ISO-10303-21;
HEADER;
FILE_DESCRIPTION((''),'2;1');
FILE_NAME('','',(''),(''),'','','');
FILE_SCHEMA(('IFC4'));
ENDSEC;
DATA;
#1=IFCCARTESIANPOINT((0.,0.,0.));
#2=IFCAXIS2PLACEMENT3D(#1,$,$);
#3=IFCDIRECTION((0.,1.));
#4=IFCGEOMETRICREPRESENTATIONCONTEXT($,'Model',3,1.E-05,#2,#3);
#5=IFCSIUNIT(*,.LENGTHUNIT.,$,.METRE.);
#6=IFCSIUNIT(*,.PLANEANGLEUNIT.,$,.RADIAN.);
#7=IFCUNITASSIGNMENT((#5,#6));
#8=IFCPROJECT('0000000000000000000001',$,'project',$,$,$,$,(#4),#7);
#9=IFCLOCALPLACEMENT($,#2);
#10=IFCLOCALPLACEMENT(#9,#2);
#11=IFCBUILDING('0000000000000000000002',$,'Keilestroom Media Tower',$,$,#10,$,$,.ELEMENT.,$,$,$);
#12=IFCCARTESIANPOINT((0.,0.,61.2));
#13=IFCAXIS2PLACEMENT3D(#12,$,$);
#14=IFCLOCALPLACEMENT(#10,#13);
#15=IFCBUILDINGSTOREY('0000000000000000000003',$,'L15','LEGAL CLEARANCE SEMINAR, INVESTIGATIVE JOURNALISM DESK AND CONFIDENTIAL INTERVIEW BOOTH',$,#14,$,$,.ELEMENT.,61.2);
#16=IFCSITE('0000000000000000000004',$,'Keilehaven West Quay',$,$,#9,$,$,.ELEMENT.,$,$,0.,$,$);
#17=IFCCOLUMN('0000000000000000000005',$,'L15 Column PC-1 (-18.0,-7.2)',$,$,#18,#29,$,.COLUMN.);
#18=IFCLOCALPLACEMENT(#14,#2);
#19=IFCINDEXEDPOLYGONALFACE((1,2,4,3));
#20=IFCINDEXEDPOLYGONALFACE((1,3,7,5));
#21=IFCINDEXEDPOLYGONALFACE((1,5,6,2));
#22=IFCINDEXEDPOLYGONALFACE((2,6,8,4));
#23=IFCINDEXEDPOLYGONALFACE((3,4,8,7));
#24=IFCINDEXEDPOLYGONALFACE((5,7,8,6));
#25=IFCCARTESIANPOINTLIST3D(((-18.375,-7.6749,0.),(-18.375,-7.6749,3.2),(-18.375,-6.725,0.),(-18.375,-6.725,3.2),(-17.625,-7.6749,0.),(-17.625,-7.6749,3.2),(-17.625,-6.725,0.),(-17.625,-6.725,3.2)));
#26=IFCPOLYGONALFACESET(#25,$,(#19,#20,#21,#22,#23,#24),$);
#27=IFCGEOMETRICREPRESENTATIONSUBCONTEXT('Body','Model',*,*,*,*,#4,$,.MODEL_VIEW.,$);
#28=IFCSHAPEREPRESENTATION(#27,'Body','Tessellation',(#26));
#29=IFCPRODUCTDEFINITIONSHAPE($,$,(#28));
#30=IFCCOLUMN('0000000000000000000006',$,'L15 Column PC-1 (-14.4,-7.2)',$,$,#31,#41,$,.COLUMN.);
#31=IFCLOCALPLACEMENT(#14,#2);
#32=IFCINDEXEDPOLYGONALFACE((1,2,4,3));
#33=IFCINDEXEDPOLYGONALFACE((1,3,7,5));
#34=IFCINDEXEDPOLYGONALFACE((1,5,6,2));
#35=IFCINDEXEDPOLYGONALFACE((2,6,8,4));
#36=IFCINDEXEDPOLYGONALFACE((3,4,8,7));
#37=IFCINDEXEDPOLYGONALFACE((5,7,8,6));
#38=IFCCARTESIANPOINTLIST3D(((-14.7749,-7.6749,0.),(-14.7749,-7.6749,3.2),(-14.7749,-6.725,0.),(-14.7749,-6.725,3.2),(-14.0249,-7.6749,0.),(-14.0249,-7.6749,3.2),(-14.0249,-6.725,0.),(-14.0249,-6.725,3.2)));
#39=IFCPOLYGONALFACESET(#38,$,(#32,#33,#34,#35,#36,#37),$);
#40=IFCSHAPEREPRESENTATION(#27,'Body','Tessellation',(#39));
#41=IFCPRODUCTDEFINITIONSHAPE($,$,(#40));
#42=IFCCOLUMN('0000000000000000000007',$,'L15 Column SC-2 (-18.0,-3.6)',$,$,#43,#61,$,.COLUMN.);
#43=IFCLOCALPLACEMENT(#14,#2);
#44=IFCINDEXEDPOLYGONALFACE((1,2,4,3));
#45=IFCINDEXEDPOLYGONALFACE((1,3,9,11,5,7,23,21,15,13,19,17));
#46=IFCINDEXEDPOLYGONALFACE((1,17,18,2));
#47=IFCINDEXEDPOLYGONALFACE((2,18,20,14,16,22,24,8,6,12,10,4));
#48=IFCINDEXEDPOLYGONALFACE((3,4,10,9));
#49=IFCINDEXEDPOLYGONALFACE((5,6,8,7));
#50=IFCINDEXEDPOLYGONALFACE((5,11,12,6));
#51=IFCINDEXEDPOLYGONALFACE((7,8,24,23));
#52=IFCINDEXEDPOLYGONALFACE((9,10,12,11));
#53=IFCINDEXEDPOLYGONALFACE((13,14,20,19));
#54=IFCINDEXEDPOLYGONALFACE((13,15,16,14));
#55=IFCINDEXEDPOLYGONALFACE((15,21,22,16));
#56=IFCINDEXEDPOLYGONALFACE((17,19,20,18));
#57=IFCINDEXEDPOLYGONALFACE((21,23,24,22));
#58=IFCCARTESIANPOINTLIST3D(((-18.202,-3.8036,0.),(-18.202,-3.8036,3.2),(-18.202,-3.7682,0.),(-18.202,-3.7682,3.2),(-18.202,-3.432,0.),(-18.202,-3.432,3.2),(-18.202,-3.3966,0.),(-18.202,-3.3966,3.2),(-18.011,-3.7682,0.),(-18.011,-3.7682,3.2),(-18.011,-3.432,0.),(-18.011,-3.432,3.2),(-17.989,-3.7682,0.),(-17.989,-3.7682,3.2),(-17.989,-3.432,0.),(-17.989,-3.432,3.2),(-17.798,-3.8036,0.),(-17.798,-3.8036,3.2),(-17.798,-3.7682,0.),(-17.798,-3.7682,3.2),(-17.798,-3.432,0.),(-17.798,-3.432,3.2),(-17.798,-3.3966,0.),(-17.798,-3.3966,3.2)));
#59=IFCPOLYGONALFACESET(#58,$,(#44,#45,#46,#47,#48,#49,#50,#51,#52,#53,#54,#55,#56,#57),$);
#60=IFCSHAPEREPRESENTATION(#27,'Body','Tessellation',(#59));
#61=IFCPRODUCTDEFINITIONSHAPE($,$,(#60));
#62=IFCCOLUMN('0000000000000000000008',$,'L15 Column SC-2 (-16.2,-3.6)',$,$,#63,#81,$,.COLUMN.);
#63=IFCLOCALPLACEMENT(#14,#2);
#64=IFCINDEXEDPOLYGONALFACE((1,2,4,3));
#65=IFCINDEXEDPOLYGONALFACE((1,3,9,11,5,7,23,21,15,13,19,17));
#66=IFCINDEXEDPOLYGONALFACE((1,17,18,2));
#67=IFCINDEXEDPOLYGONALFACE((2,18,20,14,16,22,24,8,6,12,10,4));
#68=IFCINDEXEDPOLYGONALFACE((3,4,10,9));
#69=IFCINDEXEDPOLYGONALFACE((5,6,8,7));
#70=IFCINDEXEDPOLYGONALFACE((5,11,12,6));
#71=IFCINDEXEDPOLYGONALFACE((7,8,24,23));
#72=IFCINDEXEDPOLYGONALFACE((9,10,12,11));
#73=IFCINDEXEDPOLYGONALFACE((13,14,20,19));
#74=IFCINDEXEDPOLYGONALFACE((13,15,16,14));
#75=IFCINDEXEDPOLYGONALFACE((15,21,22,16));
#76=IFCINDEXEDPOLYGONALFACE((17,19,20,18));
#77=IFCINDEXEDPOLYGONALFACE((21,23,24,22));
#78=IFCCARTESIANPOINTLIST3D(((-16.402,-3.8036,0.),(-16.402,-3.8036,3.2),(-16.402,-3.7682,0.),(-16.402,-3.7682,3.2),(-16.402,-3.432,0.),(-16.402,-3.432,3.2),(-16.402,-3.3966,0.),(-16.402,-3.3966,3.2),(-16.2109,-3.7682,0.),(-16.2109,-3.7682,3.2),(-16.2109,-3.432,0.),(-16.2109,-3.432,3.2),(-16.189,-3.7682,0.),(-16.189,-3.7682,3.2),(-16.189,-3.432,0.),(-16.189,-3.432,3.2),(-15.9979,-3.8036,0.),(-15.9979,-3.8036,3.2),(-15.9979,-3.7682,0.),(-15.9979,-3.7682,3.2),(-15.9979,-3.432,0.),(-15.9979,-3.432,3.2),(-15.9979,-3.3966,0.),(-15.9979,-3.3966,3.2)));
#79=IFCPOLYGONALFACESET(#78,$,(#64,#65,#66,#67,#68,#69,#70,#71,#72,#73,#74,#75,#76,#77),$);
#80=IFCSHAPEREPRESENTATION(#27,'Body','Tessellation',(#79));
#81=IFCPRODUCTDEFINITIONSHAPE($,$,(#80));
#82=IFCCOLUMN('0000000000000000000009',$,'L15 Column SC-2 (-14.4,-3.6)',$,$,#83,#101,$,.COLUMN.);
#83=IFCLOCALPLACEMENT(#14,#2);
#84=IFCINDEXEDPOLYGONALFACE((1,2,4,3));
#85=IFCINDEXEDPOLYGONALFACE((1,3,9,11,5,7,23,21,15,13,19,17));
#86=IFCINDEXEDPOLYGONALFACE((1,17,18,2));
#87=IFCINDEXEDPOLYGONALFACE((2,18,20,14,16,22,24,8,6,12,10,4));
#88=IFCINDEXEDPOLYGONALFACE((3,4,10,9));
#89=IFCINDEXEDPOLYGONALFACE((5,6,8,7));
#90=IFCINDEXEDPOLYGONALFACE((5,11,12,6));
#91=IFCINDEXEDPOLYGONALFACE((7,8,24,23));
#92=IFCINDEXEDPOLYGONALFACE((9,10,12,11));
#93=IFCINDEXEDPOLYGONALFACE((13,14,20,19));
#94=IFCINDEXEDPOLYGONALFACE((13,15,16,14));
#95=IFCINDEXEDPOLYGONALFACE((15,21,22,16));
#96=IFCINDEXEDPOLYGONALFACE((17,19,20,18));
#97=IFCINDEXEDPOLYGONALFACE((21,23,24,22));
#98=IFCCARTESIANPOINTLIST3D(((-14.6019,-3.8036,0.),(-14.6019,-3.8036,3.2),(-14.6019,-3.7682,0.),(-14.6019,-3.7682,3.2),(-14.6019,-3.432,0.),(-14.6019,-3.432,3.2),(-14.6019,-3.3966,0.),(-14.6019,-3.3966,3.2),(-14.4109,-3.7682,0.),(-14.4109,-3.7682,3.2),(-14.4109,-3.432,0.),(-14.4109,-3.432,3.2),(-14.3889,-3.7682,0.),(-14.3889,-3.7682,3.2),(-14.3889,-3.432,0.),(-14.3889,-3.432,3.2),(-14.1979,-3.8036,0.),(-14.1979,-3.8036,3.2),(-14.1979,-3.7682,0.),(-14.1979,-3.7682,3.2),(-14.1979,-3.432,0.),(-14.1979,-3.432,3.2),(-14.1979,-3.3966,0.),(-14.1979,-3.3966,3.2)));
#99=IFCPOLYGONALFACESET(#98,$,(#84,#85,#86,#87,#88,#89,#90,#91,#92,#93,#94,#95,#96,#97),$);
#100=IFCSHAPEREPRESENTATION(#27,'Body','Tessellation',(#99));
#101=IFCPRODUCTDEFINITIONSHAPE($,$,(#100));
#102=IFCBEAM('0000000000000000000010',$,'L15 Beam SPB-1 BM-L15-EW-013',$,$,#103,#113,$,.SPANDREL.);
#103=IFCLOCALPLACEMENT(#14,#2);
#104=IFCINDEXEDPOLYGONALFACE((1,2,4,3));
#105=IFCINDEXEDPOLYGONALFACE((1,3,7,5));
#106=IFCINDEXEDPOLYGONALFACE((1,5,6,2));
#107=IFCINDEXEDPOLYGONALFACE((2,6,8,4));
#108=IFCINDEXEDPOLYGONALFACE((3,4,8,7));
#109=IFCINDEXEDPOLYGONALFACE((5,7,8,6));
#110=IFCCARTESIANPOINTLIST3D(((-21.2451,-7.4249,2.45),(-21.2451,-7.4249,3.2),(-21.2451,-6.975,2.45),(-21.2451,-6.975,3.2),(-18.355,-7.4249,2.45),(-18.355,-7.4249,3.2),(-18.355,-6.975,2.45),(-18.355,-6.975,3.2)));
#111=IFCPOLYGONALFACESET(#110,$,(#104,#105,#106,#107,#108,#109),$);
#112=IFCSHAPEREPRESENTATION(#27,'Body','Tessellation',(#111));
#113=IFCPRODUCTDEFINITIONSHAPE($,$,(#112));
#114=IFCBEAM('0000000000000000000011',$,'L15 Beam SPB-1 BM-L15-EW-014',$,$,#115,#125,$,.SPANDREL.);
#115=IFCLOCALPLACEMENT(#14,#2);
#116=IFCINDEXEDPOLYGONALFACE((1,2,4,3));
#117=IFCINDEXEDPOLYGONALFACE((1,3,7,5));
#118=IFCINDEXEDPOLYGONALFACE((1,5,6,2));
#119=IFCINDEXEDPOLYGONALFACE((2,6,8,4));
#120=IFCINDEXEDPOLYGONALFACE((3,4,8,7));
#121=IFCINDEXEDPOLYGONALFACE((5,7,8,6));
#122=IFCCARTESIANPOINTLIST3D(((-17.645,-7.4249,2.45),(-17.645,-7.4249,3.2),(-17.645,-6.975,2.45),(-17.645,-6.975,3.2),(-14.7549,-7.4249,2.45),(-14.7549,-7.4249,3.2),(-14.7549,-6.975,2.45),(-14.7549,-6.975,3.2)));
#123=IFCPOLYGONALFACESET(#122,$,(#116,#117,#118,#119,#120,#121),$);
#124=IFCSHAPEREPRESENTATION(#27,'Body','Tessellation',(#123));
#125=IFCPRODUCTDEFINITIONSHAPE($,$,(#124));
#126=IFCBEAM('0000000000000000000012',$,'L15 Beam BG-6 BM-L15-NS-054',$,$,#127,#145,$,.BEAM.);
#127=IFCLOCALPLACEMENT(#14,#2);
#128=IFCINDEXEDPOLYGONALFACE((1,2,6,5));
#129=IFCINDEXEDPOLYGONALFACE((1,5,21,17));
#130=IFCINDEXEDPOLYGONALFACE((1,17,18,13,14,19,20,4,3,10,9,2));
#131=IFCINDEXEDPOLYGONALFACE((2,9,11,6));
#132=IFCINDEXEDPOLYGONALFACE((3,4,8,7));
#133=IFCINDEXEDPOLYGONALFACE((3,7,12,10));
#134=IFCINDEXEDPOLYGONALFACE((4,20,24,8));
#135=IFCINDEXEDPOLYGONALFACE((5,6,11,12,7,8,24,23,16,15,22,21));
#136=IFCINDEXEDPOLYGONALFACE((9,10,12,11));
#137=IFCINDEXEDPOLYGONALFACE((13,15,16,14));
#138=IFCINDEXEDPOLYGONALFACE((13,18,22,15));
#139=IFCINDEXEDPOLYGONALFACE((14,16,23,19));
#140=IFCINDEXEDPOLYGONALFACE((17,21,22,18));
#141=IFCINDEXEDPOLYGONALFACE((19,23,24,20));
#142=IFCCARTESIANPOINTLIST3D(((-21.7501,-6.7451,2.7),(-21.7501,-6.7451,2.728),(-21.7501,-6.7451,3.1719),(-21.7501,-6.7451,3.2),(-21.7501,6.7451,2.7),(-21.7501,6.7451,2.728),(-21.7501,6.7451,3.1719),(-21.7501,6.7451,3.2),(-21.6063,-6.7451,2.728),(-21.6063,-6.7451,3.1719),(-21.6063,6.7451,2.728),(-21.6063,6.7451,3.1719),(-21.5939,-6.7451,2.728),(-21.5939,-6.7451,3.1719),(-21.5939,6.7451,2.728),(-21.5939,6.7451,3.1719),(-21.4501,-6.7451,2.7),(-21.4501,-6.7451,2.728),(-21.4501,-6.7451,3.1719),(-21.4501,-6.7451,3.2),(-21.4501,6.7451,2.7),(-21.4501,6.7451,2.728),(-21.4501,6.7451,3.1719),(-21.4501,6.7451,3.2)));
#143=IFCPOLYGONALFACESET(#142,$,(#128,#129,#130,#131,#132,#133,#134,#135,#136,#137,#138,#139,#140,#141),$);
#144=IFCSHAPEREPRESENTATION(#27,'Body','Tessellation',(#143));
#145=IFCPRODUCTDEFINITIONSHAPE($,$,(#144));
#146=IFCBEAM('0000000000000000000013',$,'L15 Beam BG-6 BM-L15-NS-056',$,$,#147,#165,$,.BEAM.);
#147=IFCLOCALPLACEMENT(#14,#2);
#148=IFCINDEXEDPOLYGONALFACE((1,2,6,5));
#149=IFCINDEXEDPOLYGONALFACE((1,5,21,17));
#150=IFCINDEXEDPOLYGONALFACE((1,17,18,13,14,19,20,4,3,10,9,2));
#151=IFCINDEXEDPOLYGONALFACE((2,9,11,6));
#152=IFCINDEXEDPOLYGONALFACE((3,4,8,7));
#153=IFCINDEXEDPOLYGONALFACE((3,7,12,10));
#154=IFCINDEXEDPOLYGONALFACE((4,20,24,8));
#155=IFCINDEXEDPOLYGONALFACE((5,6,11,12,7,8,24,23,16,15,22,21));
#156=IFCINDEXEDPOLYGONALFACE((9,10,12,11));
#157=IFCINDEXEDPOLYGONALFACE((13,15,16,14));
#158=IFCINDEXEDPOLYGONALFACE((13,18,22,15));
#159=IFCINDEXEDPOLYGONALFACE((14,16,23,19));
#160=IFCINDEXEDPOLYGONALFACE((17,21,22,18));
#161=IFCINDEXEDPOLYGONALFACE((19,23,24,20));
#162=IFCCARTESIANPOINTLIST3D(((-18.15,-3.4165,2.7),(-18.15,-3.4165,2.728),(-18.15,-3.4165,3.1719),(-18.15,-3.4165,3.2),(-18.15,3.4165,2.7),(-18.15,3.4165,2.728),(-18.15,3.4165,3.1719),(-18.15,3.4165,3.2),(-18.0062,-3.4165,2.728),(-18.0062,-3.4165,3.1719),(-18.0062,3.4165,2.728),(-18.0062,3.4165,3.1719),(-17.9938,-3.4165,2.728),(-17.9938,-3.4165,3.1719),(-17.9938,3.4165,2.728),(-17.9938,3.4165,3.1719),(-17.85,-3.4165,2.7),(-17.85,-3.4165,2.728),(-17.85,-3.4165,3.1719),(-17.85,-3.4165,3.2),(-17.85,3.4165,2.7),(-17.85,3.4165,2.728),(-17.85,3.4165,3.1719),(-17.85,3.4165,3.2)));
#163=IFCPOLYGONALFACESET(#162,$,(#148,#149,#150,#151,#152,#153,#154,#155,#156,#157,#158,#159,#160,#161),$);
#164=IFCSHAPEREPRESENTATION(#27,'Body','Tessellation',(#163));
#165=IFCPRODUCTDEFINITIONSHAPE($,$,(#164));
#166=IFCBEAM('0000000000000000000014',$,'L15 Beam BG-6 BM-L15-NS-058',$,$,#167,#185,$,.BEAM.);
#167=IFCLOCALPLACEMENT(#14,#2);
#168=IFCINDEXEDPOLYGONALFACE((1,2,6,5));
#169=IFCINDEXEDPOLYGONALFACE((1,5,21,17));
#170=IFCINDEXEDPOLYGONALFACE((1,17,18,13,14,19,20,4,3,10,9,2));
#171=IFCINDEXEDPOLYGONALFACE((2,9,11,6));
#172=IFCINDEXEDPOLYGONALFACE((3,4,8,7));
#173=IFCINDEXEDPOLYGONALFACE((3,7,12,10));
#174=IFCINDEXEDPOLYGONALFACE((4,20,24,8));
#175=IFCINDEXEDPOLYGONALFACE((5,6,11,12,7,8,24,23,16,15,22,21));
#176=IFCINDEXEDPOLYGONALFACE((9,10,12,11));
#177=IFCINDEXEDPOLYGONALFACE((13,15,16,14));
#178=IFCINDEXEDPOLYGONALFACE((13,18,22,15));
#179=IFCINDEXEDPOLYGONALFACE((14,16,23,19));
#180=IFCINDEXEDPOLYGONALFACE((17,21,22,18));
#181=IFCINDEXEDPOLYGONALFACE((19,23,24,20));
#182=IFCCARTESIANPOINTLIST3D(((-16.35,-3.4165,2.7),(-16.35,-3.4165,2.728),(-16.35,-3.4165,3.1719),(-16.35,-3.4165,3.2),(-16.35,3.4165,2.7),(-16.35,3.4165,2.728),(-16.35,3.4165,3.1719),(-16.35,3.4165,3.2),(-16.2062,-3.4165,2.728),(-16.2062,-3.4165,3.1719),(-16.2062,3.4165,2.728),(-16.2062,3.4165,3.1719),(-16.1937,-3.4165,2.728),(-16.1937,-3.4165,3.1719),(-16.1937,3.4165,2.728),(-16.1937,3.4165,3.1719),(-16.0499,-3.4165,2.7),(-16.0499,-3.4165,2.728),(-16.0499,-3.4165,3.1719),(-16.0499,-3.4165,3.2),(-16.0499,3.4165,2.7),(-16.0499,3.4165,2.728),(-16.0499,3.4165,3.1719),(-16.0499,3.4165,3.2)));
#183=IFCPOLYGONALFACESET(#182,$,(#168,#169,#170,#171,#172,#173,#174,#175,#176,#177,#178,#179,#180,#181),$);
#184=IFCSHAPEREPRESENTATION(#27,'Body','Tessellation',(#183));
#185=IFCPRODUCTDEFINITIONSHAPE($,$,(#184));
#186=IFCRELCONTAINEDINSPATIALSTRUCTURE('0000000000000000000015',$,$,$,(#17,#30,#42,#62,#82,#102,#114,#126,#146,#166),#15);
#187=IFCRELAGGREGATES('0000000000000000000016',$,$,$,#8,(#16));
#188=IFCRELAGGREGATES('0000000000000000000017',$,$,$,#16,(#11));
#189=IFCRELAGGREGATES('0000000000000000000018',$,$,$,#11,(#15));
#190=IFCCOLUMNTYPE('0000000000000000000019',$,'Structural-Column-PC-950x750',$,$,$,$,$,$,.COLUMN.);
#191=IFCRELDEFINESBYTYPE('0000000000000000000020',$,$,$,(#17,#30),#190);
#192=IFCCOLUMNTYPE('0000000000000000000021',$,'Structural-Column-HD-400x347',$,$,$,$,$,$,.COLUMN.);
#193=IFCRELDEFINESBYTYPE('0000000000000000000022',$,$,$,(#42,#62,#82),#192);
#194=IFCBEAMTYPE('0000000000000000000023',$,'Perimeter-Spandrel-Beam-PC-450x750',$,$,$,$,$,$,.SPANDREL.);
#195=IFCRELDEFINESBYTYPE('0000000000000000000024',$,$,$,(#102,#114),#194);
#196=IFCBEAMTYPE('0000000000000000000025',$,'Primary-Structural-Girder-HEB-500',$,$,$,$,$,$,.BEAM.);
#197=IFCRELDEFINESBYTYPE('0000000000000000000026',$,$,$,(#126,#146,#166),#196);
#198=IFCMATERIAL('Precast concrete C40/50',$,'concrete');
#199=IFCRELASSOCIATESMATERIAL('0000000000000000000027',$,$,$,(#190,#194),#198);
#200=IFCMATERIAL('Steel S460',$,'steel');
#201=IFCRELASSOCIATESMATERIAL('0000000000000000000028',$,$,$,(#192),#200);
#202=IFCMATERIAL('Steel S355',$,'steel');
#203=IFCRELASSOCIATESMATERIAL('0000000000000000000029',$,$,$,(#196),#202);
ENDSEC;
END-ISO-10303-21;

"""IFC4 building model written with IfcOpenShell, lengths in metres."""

from ifc_helpers import new_model, si_unit, direction, frame, origin, origin_2d, place, context, subcontext, project, spatial, rectangle, i_section, extrude, source, transform, mapped, material, material_profile, profile_set, type_object, element, save


model = new_model("IFC4")

# Units and contexts
model_context = context("Model", 3, precision=1e-05, world=origin(), true_north=direction((0.0, 1.0)))
body_context = subcontext(model_context, "Body", "Model", "MODEL_VIEW")
ifc_project = project(units=[si_unit("LENGTHUNIT", "METRE"), si_unit("PLANEANGLEUNIT", "RADIAN")], contexts=[model_context])

# Site, building, storey
site_placement = place(None, origin())
site = spatial("IfcSite", under=ifc_project, at=site_placement, Name="Keilehaven West Quay", CompositionType="ELEMENT", RefElevation=0.0)
building_placement = place(site_placement, origin())
building = spatial("IfcBuilding", under=site, at=building_placement, Name="Keilestroom Media Tower", CompositionType="ELEMENT")
storey_placement = place(building_placement, frame((0.0, 0.0, 61.2)))
storey = spatial("IfcBuildingStorey", under=building, at=storey_placement, Name="L15", Description="LEGAL CLEARANCE SEMINAR, INVESTIGATIVE JOURNALISM DESK AND CONFIDENTIAL INTERVIEW BOOTH", CompositionType="ELEMENT", Elevation=61.2)

# Columns
ifc_material_1 = material(Name="Precast concrete C40/50", Category="concrete")
ifc_material_profile_1 = material_profile(ifc_material_1, rectangle(XDim=0.75, YDim=0.95, at=origin_2d()), Name="PC 950x750")
ifc_profile_set_1 = profile_set([ifc_material_profile_1], Name="Precast concrete C40/50")
column_type_1 = type_object("IfcColumnType", Name="Structural-Column-PC-950x750", PredefinedType="COLUMN", material=ifc_profile_set_1)
shared_shape_1 = source(origin(), body_context, "Body", "SweptSolid", [
    extrude(rectangle(XDim=0.75, YDim=0.95, at=origin_2d()), origin(), (0.0, 0.0, 1.0), 3.2),
])
for number, where, z_axis, x_axis, name in (
    (1, (-18.0, -7.2, 0.0), (0.0, 0.0, 1.0), (1.0, 0.0, 0.0), "L15 Column PC-1 (-18.0,-7.2)"),
    (2, (-14.3999, -7.2, 0.0), (0.0, 0.0, 1.0), (1.0, 0.0, 0.0), "L15 Column PC-1 (-14.4,-7.2)"),
):
    element("IfcColumn", number, at=place(storey_placement, frame(where, z_axis=z_axis, x_axis=x_axis)), inside=storey, type_object=column_type_1, Name=name, PredefinedType="COLUMN", context=body_context, shape_type="MappedRepresentation", body=[
        mapped(shared_shape_1, transform((0.0, 0.0, 0.0), x_axis=(1.0, 0.0, 0.0), y_axis=(0.0, 1.0, 0.0), z_axis=(0.0, 0.0, 1.0), scale=1.0)),
    ])
ifc_material_2 = material(Name="Steel S460", Category="steel")
ifc_material_profile_2 = material_profile(ifc_material_2, i_section(OverallWidth=0.4041, OverallDepth=0.407, WebThickness=0.022, FlangeThickness=0.0354, at=origin_2d()), Name="HD 400x347")
ifc_profile_set_2 = profile_set([ifc_material_profile_2], Name="Steel S460")
column_type_2 = type_object("IfcColumnType", Name="Structural-Column-HD-400x347", PredefinedType="COLUMN", material=ifc_profile_set_2)
shared_shape_2 = source(origin(), body_context, "Body", "SweptSolid", [
    extrude(i_section(OverallWidth=0.4041, OverallDepth=0.407, WebThickness=0.022, FlangeThickness=0.0354, at=origin_2d()), origin(), (0.0, 0.0, 1.0), 3.2),
])
for number, where, z_axis, x_axis, name in (
    (3, (-18.0, -3.6001, 0.0), (0.0, 0.0, 1.0), (1.0, 0.0, 0.0), "L15 Column SC-2 (-18.0,-3.6)"),
    (4, (-16.2, -3.6001, 0.0), (0.0, 0.0, 1.0), (1.0, 0.0, 0.0), "L15 Column SC-2 (-16.2,-3.6)"),
    (5, (-14.3999, -3.6001, 0.0), (0.0, 0.0, 1.0), (1.0, 0.0, 0.0), "L15 Column SC-2 (-14.4,-3.6)"),
):
    element("IfcColumn", number, at=place(storey_placement, frame(where, z_axis=z_axis, x_axis=x_axis)), inside=storey, type_object=column_type_2, Name=name, PredefinedType="COLUMN", context=body_context, shape_type="MappedRepresentation", body=[
        mapped(shared_shape_2, transform((0.0, 0.0, 0.0), x_axis=(1.0, 0.0, 0.0), y_axis=(0.0, 1.0, 0.0), z_axis=(0.0, 0.0, 1.0), scale=1.0)),
    ])

# Beams
ifc_material_profile_3 = material_profile(ifc_material_1, rectangle(XDim=0.45, YDim=0.75, at=origin_2d()), Name="PC 450x750")
ifc_profile_set_3 = profile_set([ifc_material_profile_3], Name="Precast concrete C40/50")
beam_type_1 = type_object("IfcBeamType", Name="Perimeter-Spandrel-Beam-PC-450x750", PredefinedType="SPANDREL", material=ifc_profile_set_3)
shared_shape_3 = source(origin(), body_context, "Body", "SweptSolid", [
    extrude(rectangle(XDim=0.45, YDim=0.75, at=origin_2d()), origin(), (0.0, 0.0, 1.0), 2.8901),
])
for number, where, z_axis, x_axis, name in (
    (6, (-21.2451, -7.2, 2.825), (1.0, 0.0, 0.0), (0.0, 1.0, 0.0), "L15 Beam SPB-1 BM-L15-EW-013"),
    (7, (-17.645, -7.2, 2.825), (1.0, 0.0, 0.0), (0.0, 1.0, 0.0), "L15 Beam SPB-1 BM-L15-EW-014"),
):
    element("IfcBeam", number, at=place(storey_placement, frame(where, z_axis=z_axis, x_axis=x_axis)), inside=storey, type_object=beam_type_1, Name=name, PredefinedType="SPANDREL", context=body_context, shape_type="MappedRepresentation", body=[
        mapped(shared_shape_3, transform((0.0, 0.0, 0.0), x_axis=(1.0, 0.0, 0.0), y_axis=(0.0, 1.0, 0.0), z_axis=(0.0, 0.0, 1.0), scale=1.0)),
    ])
ifc_material_3 = material(Name="Steel S355", Category="steel")
ifc_material_profile_4 = material_profile(ifc_material_3, i_section(OverallWidth=0.3, OverallDepth=0.5, WebThickness=0.0125, FlangeThickness=0.0281, at=origin_2d()), Name="HEB 500")
ifc_profile_set_4 = profile_set([ifc_material_profile_4], Name="Steel S355")
beam_type_2 = type_object("IfcBeamType", Name="Primary-Structural-Girder-HEB-500", PredefinedType="BEAM", material=ifc_profile_set_4)
shared_shape_4 = source(origin(), body_context, "Body", "SweptSolid", [
    extrude(i_section(OverallWidth=0.3, OverallDepth=0.5, WebThickness=0.0125, FlangeThickness=0.0281, at=origin_2d()), origin(), (0.0, 0.0, 1.0), 13.4902),
])
beam_placement = place(storey_placement, frame((-21.6001, -6.7451, 2.95), z_axis=(0.0, 1.0, 0.0), x_axis=(-1.0, 0.0, 0.0)))
element("IfcBeam", 8, at=beam_placement, inside=storey, type_object=beam_type_2, Name="L15 Beam BG-6 BM-L15-NS-054", PredefinedType="BEAM", context=body_context, shape_type="MappedRepresentation", body=[
    mapped(shared_shape_4, transform((0.0, 0.0, 0.0), x_axis=(1.0, 0.0, 0.0), y_axis=(0.0, 1.0, 0.0), z_axis=(0.0, 0.0, 1.0), scale=1.0)),
])
shared_shape_5 = source(origin(), body_context, "Body", "SweptSolid", [
    extrude(i_section(OverallWidth=0.3, OverallDepth=0.5, WebThickness=0.0125, FlangeThickness=0.0281, at=origin_2d()), origin(), (0.0, 0.0, 1.0), 6.833),
])
for number, where, z_axis, x_axis, name in (
    (9, (-18.0, -3.4165, 2.95), (0.0, 1.0, 0.0), (-1.0, 0.0, 0.0), "L15 Beam BG-6 BM-L15-NS-056"),
    (10, (-16.2, -3.4165, 2.95), (0.0, 1.0, 0.0), (-1.0, 0.0, 0.0), "L15 Beam BG-6 BM-L15-NS-058"),
):
    element("IfcBeam", number, at=place(storey_placement, frame(where, z_axis=z_axis, x_axis=x_axis)), inside=storey, type_object=beam_type_2, Name=name, PredefinedType="BEAM", context=body_context, shape_type="MappedRepresentation", body=[
        mapped(shared_shape_5, transform((0.0, 0.0, 0.0), x_axis=(1.0, 0.0, 0.0), y_axis=(0.0, 1.0, 0.0), z_axis=(0.0, 0.0, 1.0), scale=1.0)),
    ])

save(model, "model.ifc")
